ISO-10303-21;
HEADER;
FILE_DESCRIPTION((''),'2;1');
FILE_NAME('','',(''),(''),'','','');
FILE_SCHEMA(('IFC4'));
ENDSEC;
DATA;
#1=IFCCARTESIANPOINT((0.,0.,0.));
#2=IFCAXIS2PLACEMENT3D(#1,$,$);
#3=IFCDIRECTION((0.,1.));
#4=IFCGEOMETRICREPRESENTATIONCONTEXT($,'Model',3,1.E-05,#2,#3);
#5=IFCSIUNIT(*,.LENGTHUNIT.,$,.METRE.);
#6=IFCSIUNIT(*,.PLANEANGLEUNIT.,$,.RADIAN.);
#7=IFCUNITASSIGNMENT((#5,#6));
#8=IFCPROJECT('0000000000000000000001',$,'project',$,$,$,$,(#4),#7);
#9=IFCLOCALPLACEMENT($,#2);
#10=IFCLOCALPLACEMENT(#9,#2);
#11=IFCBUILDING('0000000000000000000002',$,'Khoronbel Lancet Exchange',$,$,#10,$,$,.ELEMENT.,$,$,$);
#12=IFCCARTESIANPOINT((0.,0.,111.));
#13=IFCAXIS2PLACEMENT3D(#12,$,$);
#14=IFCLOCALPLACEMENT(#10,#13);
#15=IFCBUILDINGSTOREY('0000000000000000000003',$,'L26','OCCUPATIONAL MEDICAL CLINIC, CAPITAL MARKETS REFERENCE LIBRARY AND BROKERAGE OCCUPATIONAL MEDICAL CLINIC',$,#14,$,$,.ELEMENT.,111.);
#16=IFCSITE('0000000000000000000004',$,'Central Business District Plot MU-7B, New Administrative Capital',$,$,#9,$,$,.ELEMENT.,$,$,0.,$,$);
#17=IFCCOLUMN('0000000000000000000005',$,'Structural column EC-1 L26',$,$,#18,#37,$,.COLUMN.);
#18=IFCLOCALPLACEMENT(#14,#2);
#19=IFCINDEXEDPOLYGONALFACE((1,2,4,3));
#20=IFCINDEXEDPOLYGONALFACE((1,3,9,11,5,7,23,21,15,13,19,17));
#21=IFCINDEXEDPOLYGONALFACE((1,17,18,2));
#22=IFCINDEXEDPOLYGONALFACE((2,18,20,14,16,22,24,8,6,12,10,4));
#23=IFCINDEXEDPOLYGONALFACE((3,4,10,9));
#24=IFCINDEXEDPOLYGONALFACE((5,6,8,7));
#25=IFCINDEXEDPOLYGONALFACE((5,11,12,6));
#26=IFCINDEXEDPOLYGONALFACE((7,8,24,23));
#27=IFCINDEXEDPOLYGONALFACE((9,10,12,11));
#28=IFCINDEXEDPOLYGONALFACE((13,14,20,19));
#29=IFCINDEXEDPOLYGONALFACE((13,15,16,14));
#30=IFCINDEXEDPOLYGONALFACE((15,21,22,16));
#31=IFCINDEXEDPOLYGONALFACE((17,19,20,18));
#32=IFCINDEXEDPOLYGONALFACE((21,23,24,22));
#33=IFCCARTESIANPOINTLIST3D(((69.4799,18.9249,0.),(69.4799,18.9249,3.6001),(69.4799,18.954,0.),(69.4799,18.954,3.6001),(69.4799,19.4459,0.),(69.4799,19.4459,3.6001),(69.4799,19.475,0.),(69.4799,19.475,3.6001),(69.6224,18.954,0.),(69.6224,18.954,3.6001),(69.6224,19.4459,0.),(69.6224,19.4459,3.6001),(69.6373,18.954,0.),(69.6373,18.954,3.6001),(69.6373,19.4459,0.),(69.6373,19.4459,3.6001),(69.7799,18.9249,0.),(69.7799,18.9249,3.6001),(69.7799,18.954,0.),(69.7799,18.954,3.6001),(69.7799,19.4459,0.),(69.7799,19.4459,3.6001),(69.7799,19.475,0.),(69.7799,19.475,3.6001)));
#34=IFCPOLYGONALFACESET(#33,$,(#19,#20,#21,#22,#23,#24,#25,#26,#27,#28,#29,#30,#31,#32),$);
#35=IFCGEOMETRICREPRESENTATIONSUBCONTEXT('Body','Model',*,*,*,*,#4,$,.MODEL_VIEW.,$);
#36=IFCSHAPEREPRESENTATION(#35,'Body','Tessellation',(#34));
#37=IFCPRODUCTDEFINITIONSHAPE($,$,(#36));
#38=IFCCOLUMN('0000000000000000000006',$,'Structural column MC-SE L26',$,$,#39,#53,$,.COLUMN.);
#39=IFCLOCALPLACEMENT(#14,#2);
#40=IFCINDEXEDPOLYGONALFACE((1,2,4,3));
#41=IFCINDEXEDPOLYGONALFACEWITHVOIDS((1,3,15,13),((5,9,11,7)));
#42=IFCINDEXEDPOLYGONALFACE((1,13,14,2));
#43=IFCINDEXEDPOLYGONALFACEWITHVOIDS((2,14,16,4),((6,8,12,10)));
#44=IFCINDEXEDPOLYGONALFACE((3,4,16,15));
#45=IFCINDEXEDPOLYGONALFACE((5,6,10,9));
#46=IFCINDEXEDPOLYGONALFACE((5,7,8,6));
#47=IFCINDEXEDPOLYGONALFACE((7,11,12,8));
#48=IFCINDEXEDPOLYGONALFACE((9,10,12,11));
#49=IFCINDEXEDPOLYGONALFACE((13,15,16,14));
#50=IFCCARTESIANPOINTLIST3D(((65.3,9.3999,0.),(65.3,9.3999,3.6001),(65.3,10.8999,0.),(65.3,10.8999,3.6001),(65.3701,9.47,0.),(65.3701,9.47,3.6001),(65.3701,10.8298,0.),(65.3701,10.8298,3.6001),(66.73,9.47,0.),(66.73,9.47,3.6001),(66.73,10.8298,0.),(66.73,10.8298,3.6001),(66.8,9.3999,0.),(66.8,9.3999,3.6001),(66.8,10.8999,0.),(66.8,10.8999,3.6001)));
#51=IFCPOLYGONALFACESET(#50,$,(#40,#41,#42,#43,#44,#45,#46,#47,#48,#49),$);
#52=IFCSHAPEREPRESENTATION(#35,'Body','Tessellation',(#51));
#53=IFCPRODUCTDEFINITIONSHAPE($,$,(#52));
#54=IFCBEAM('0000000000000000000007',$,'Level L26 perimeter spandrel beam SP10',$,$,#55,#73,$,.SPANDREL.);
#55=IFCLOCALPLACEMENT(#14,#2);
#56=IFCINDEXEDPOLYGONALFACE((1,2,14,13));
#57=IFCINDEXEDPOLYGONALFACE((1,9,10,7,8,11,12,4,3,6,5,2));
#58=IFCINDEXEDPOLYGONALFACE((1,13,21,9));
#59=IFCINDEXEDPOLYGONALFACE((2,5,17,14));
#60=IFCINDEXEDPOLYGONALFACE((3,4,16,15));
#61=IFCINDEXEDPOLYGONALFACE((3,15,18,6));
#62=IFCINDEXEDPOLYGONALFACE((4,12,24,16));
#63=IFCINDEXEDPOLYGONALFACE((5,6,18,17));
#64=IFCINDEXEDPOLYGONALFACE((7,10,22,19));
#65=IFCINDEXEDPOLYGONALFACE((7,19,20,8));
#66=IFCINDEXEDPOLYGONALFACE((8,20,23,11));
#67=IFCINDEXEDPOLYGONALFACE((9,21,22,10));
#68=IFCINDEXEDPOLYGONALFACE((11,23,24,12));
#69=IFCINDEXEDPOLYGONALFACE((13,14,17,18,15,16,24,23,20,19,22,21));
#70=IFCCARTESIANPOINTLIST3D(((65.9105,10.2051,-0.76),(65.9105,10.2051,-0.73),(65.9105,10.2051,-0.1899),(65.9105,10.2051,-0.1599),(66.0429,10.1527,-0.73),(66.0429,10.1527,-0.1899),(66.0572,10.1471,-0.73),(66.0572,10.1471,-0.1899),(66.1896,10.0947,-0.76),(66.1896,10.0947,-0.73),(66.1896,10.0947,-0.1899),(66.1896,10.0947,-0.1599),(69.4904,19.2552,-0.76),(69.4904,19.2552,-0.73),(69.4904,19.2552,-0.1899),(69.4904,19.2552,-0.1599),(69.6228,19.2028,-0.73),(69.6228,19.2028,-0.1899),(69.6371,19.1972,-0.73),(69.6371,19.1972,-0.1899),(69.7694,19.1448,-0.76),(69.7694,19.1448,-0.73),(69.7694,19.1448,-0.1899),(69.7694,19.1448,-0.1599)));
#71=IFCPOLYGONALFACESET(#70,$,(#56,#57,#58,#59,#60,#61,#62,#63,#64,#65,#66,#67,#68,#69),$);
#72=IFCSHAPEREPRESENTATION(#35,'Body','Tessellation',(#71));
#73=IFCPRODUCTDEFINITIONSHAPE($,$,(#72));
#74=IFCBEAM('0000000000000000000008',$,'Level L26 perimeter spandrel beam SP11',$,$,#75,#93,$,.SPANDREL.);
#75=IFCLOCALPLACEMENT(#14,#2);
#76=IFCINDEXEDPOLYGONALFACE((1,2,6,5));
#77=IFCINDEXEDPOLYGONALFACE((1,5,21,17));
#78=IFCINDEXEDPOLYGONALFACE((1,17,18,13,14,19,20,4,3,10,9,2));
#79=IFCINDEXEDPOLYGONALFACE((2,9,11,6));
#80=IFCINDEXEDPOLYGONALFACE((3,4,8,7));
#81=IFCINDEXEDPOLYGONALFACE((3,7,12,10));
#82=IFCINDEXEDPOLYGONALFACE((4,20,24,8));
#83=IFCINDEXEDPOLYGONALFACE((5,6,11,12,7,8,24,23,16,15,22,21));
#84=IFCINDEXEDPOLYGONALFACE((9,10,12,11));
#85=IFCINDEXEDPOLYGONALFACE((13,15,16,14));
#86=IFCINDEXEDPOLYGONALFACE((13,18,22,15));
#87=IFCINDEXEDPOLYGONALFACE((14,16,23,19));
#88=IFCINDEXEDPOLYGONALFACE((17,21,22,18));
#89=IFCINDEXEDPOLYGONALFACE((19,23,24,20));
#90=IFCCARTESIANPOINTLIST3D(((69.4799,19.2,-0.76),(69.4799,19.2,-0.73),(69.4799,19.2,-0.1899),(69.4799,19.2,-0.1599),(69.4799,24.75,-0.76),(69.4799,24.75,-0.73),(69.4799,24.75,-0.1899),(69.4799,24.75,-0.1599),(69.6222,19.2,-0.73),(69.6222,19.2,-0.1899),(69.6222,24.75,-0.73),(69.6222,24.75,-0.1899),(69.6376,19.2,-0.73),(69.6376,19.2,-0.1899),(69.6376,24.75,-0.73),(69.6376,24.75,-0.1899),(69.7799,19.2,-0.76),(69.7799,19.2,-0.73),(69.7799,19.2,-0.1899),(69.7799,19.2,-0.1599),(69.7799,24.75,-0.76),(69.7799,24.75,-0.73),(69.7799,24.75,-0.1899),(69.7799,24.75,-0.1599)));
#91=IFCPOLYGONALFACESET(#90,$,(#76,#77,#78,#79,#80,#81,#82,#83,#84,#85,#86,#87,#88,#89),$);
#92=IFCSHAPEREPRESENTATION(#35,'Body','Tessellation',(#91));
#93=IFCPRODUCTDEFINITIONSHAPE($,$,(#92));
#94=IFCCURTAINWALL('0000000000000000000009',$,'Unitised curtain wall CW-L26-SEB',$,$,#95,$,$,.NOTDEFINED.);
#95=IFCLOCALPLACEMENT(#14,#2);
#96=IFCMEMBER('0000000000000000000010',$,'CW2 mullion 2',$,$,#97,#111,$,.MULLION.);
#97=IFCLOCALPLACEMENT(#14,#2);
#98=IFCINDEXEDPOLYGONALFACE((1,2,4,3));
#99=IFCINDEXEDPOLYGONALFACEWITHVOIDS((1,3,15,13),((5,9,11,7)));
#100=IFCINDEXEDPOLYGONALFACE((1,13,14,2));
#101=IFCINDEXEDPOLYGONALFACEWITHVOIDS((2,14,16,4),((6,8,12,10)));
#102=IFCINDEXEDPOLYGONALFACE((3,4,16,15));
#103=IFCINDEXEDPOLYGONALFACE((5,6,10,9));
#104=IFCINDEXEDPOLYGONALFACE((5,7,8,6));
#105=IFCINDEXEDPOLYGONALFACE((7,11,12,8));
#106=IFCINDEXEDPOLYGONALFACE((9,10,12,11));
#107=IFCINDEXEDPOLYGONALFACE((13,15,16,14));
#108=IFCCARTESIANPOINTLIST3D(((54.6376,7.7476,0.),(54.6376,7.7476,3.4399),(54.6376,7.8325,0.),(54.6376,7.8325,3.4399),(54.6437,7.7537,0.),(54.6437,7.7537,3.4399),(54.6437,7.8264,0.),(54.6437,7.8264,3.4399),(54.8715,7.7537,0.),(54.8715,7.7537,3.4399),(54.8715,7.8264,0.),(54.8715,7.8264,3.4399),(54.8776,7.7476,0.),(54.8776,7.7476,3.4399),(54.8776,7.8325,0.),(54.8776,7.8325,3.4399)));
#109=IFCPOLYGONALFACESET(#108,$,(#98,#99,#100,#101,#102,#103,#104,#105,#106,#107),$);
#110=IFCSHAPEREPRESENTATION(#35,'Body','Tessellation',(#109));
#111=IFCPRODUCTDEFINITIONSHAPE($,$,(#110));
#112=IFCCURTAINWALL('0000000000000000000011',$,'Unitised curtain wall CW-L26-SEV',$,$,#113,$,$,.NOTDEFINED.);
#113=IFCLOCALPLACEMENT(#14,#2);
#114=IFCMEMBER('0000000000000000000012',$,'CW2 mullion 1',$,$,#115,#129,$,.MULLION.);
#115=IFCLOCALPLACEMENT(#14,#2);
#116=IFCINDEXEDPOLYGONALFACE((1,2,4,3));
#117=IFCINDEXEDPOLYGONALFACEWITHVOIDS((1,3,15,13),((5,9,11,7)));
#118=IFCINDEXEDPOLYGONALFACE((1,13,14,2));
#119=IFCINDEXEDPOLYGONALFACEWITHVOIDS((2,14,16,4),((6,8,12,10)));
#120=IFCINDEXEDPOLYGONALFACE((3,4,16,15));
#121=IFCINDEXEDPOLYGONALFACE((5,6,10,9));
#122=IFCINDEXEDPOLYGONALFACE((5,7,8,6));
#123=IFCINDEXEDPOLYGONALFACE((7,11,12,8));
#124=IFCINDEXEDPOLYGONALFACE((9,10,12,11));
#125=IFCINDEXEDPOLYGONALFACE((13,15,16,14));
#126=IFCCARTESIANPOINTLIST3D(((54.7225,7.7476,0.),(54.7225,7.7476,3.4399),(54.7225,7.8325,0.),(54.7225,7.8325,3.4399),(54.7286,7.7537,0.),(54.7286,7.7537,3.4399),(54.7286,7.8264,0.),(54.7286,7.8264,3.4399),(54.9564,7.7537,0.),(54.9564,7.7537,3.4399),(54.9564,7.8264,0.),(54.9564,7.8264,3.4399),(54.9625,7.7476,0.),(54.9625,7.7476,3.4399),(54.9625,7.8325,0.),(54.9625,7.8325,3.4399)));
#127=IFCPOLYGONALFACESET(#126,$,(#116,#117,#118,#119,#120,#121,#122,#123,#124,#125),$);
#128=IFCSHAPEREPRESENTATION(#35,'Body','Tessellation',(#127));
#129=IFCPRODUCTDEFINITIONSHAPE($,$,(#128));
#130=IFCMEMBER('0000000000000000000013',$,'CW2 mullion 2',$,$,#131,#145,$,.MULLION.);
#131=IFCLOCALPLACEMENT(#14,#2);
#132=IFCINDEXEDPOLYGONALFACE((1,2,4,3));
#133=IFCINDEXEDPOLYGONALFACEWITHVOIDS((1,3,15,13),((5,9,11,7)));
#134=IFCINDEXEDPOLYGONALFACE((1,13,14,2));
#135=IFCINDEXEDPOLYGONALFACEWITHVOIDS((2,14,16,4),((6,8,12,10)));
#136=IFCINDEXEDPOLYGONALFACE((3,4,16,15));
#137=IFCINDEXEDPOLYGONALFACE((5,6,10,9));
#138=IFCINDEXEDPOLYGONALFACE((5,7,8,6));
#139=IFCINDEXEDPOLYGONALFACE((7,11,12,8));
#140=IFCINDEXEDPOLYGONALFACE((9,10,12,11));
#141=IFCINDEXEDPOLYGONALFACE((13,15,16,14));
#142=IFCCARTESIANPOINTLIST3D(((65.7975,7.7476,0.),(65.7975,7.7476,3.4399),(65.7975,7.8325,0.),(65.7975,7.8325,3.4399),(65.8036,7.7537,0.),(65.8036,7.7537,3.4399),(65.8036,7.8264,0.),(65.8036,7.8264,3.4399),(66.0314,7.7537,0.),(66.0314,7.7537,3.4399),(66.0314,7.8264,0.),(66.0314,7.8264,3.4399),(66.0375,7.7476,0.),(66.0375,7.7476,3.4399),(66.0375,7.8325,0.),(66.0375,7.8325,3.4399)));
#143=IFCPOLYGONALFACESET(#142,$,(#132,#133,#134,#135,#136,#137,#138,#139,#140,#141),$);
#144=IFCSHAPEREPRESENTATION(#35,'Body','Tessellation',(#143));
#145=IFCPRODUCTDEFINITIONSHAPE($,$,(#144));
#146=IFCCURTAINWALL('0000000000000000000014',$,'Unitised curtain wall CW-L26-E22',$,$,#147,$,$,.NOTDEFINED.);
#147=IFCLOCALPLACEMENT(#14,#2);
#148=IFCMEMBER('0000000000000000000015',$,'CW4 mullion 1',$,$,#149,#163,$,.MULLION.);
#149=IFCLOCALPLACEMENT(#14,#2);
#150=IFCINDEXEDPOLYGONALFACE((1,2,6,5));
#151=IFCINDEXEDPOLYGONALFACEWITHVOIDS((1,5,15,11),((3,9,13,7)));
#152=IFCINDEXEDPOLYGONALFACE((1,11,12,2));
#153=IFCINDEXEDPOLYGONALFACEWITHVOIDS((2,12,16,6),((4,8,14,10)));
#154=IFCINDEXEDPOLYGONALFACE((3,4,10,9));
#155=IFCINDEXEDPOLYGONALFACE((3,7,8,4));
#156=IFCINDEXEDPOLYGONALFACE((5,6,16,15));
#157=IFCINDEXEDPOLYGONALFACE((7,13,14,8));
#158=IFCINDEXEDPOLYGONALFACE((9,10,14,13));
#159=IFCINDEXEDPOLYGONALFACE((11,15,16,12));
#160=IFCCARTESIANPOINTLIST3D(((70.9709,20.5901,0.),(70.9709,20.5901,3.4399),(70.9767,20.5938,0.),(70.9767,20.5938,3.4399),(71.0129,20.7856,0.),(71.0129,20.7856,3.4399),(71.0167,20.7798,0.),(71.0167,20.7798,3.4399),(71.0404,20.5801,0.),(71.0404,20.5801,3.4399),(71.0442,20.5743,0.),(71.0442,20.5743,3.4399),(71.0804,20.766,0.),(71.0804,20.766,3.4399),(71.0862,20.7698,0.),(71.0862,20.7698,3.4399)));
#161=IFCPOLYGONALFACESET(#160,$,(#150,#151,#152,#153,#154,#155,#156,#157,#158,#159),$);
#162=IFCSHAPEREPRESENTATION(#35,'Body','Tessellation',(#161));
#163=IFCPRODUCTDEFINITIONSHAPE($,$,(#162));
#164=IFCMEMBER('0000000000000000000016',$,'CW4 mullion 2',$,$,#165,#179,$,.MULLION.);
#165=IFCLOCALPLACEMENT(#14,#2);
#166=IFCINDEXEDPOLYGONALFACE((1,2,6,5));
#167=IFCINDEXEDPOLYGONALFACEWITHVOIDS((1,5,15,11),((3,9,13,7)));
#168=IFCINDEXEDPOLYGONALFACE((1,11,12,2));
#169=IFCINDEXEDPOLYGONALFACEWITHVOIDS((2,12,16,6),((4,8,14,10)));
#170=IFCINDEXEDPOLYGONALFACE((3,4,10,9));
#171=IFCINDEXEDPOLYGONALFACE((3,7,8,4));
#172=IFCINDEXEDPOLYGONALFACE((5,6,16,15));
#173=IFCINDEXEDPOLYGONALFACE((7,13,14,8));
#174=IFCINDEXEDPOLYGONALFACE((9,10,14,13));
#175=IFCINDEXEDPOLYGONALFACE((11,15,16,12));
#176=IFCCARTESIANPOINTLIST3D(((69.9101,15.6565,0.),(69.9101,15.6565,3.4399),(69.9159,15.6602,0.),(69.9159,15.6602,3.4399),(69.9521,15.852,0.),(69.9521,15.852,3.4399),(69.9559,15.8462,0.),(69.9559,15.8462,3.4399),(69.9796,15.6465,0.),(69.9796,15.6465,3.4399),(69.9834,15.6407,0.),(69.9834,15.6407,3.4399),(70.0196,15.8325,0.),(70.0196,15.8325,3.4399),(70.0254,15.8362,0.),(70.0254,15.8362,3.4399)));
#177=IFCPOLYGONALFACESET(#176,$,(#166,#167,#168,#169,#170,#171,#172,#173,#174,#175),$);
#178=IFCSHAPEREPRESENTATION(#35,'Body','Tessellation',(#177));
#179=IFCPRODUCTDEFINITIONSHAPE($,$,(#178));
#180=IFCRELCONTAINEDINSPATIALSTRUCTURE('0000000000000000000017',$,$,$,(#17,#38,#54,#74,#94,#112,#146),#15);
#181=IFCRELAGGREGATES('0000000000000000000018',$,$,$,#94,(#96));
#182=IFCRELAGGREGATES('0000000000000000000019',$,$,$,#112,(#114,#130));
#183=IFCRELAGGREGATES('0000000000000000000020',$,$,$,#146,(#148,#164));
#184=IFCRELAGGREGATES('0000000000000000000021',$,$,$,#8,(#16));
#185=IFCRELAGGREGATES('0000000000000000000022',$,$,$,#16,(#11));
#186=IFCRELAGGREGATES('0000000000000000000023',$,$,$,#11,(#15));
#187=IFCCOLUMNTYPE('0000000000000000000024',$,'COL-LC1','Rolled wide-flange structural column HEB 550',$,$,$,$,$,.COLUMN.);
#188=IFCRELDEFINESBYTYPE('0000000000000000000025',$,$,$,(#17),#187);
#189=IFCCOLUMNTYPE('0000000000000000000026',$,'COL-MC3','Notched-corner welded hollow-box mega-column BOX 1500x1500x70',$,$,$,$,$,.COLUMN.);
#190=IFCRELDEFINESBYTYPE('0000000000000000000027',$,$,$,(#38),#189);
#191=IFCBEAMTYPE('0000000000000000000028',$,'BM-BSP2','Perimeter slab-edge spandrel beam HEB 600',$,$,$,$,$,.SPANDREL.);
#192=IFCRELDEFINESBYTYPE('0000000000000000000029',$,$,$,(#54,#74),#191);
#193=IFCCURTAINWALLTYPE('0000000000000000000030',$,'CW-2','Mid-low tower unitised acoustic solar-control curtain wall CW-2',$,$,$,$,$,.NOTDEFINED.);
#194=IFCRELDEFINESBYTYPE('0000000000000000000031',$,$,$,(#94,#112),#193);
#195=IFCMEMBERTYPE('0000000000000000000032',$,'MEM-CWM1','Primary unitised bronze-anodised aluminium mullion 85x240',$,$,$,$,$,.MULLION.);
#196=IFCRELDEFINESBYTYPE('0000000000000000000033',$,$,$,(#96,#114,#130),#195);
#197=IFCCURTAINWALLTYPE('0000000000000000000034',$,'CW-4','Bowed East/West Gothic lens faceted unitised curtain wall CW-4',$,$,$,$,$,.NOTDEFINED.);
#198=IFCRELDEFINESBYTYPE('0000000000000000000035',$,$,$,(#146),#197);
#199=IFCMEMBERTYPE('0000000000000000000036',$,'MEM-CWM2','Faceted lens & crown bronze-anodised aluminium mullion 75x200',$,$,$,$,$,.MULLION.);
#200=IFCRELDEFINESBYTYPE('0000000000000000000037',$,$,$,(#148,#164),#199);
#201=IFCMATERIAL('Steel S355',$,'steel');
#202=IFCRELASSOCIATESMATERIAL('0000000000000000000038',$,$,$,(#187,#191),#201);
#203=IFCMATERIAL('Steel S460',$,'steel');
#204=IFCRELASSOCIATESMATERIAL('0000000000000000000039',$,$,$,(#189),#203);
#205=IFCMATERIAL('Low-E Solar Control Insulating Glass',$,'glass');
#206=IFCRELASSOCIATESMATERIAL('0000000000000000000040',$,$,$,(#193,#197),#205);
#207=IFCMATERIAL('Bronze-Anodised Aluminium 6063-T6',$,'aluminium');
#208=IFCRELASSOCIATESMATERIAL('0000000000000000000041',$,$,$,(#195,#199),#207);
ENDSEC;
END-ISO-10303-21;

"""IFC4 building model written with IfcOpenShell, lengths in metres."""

from ifc_helpers import new_model, si_unit, direction, frame, origin, origin_2d, place, context, subcontext, project, spatial, hollow_rectangle, i_section, extrude, material, material_profile, profile_set, type_object, element, aggregate, save


model = new_model("IFC4")

# Units and contexts
model_context = context("Model", 3, precision=1e-05, world=origin(), true_north=direction((0.0, 1.0)))
body_context = subcontext(model_context, "Body", "Model", "MODEL_VIEW")
ifc_project = project(units=[si_unit("LENGTHUNIT", "METRE"), si_unit("PLANEANGLEUNIT", "RADIAN")], contexts=[model_context])

# Site, building, storey
site_placement = place(None, origin())
site = spatial("IfcSite", under=ifc_project, at=site_placement, Name="Central Business District Plot MU-7B, New Administrative Capital", CompositionType="ELEMENT", RefElevation=0.0)
building_placement = place(site_placement, origin())
building = spatial("IfcBuilding", under=site, at=building_placement, Name="Khoronbel Lancet Exchange", CompositionType="ELEMENT")
storey_placement = place(building_placement, frame((0.0, 0.0, 111.0)))
storey = spatial("IfcBuildingStorey", under=building, at=storey_placement, Name="L26", Description="OCCUPATIONAL MEDICAL CLINIC, CAPITAL MARKETS REFERENCE LIBRARY AND BROKERAGE OCCUPATIONAL MEDICAL CLINIC", CompositionType="ELEMENT", Elevation=111.0)

# Columns
ifc_material_1 = material(Name="Steel S355", Category="steel")
ifc_material_profile_1 = material_profile(ifc_material_1, i_section(OverallWidth=0.3, OverallDepth=0.55, WebThickness=0.0149, FlangeThickness=0.0291, at=origin_2d()), Name="HEB 550")
ifc_profile_set_1 = profile_set([ifc_material_profile_1], Name="Steel S355")
column_type_1 = type_object("IfcColumnType", Name="COL-LC1", Description="Rolled wide-flange structural column HEB 550", PredefinedType="COLUMN", material=ifc_profile_set_1)
column_1_placement = place(storey_placement, frame((69.6299, 19.2, 0.0), z_axis=(0.0, 0.0, 1.0), x_axis=(1.0, 0.0, 0.0)))
element("IfcColumn", 1, at=column_1_placement, inside=storey, type_object=column_type_1, Name="Structural column EC-1 L26", PredefinedType="COLUMN", context=body_context, shape_type="SweptSolid", body=[
    extrude(i_section(OverallWidth=0.3, OverallDepth=0.55, WebThickness=0.0149, FlangeThickness=0.0291, at=origin_2d()), origin(), (0.0, 0.0, 1.0), 3.6001),
])
ifc_material_2 = material(Name="Steel S460", Category="steel")
ifc_material_profile_2 = material_profile(ifc_material_2, hollow_rectangle(XDim=1.5, YDim=1.5, WallThickness=0.0701, at=origin_2d()), Name="BOX 1500x1500x70")
ifc_profile_set_2 = profile_set([ifc_material_profile_2], Name="Steel S460")
column_type_2 = type_object("IfcColumnType", Name="COL-MC3", Description="Notched-corner welded hollow-box mega-column BOX 1500x1500x70", PredefinedType="COLUMN", material=ifc_profile_set_2)
column_2_placement = place(storey_placement, frame((66.05, 10.1499, 0.0), z_axis=(0.0, 0.0, 1.0), x_axis=(1.0, 0.0, 0.0)))
element("IfcColumn", 2, at=column_2_placement, inside=storey, type_object=column_type_2, Name="Structural column MC-SE L26", PredefinedType="COLUMN", context=body_context, shape_type="SweptSolid", body=[
    extrude(hollow_rectangle(XDim=1.5, YDim=1.5, WallThickness=0.0701, at=origin_2d()), origin(), (0.0, 0.0, 1.0), 3.6001),
])

# Beams
ifc_material_profile_3 = material_profile(ifc_material_1, i_section(OverallWidth=0.3, OverallDepth=0.6001, WebThickness=0.0154, FlangeThickness=0.03, at=origin_2d()), Name="HEB 600")
ifc_profile_set_3 = profile_set([ifc_material_profile_3], Name="Steel S355")
beam_type = type_object("IfcBeamType", Name="BM-BSP2", Description="Perimeter slab-edge spandrel beam HEB 600", PredefinedType="SPANDREL", material=ifc_profile_set_3)
beam_1_placement = place(storey_placement, frame((66.05, 10.1499, -0.46), z_axis=(0.367828, 0.929894, 0.0), x_axis=(-0.929894, 0.367828, 0.0)))
element("IfcBeam", 3, at=beam_1_placement, inside=storey, type_object=beam_type, Name="Level L26 perimeter spandrel beam SP10", PredefinedType="SPANDREL", context=body_context, shape_type="SweptSolid", body=[
    extrude(i_section(OverallWidth=0.3, OverallDepth=0.6001, WebThickness=0.0154, FlangeThickness=0.03, at=origin_2d()), origin(), (0.0, 0.0, 1.0), 9.7324),
])
beam_2_placement = place(storey_placement, frame((69.6299, 19.2, -0.46), z_axis=(0.0, 1.0, 0.0), x_axis=(-1.0, 0.0, 0.0)))
element("IfcBeam", 4, at=beam_2_placement, inside=storey, type_object=beam_type, Name="Level L26 perimeter spandrel beam SP11", PredefinedType="SPANDREL", context=body_context, shape_type="SweptSolid", body=[
    extrude(i_section(OverallWidth=0.3, OverallDepth=0.6001, WebThickness=0.0154, FlangeThickness=0.03, at=origin_2d()), origin(), (0.0, 0.0, 1.0), 5.55),
])

# Curtain wall, member
ifc_material_3 = material(Name="Low-E Solar Control Insulating Glass", Category="glass")
curtain_wall_type_1 = type_object("IfcCurtainWallType", Name="CW-2", Description="Mid-low tower unitised acoustic solar-control curtain wall CW-2", PredefinedType="NOTDEFINED", material=ifc_material_3)
curtain_wall_1_placement = place(storey_placement, origin())
curtain_wall_1 = element("IfcCurtainWall", 5, at=curtain_wall_1_placement, inside=storey, type_object=curtain_wall_type_1, Name="Unitised curtain wall CW-L26-SEB", PredefinedType="NOTDEFINED")
ifc_material_4 = material(Name="Bronze-Anodised Aluminium 6063-T6", Category="aluminium")
ifc_material_profile_4 = material_profile(ifc_material_4, hollow_rectangle(XDim=0.085, YDim=0.24, WallThickness=0.0061, at=origin_2d()), Name="ALU MULLION 85x240")
ifc_profile_set_4 = profile_set([ifc_material_profile_4], Name="Bronze-Anodised Aluminium 6063-T6")
member_type_1 = type_object("IfcMemberType", Name="MEM-CWM1", Description="Primary unitised bronze-anodised aluminium mullion 85x240", PredefinedType="MULLION", material=ifc_profile_set_4)
member_1_placement = place(storey_placement, frame((54.7576, 7.79, 0.0), z_axis=(0.0, 0.0, 1.0), x_axis=(0.0, 1.0, 0.0)))
member_1 = element("IfcMember", 6, at=member_1_placement, type_object=member_type_1, Name="CW2 mullion 2", PredefinedType="MULLION", context=body_context, shape_type="SweptSolid", body=[
    extrude(hollow_rectangle(XDim=0.085, YDim=0.24, WallThickness=0.0061, at=origin_2d()), origin(), (0.0, 0.0, 1.0), 3.4399),
])
aggregate(curtain_wall_1, [member_1])

# Curtain walls, members
curtain_wall_2_placement = place(storey_placement, origin())
curtain_wall_2 = element("IfcCurtainWall", 7, at=curtain_wall_2_placement, inside=storey, type_object=curtain_wall_type_1, Name="Unitised curtain wall CW-L26-SEV", PredefinedType="NOTDEFINED")
member_2_placement = place(storey_placement, frame((54.8425, 7.79, 0.0), z_axis=(0.0, 0.0, 1.0), x_axis=(0.0, 1.0, 0.0)))
member_2 = element("IfcMember", 8, at=member_2_placement, type_object=member_type_1, Name="CW2 mullion 1", PredefinedType="MULLION", context=body_context, shape_type="SweptSolid", body=[
    extrude(hollow_rectangle(XDim=0.085, YDim=0.24, WallThickness=0.0061, at=origin_2d()), origin(), (0.0, 0.0, 1.0), 3.4399),
])
member_3_placement = place(storey_placement, frame((65.9175, 7.79, 0.0), z_axis=(0.0, 0.0, 1.0), x_axis=(0.0, 1.0, 0.0)))
member_3 = element("IfcMember", 9, at=member_3_placement, type_object=member_type_1, Name="CW2 mullion 2", PredefinedType="MULLION", context=body_context, shape_type="SweptSolid", body=[
    extrude(hollow_rectangle(XDim=0.085, YDim=0.24, WallThickness=0.0061, at=origin_2d()), origin(), (0.0, 0.0, 1.0), 3.4399),
])
curtain_wall_type_2 = type_object("IfcCurtainWallType", Name="CW-4", Description="Bowed East/West Gothic lens faceted unitised curtain wall CW-4", PredefinedType="NOTDEFINED", material=ifc_material_3)
curtain_wall_3_placement = place(storey_placement, origin())
curtain_wall_3 = element("IfcCurtainWall", 10, at=curtain_wall_3_placement, inside=storey, type_object=curtain_wall_type_2, Name="Unitised curtain wall CW-L26-E22", PredefinedType="NOTDEFINED")
ifc_material_profile_5 = material_profile(ifc_material_4, hollow_rectangle(XDim=0.075, YDim=0.2, WallThickness=0.0049, at=origin_2d()), Name="ALU MULLION 75x200")
ifc_profile_set_5 = profile_set([ifc_material_profile_5], Name="Bronze-Anodised Aluminium 6063-T6")
member_type_2 = type_object("IfcMemberType", Name="MEM-CWM2", Description="Faceted lens & crown bronze-anodised aluminium mullion 75x200", PredefinedType="MULLION", material=ifc_profile_set_5)
member_4_placement = place(storey_placement, frame((71.0286, 20.6799, 0.0), z_axis=(0.0, 0.0, 1.0), x_axis=(0.977658, -0.2102, 0.0)))
member_4 = element("IfcMember", 11, at=member_4_placement, type_object=member_type_2, Name="CW4 mullion 1", PredefinedType="MULLION", context=body_context, shape_type="SweptSolid", body=[
    extrude(hollow_rectangle(XDim=0.075, YDim=0.2, WallThickness=0.0049, at=origin_2d()), origin(), (0.0, 0.0, 1.0), 3.4399),
])
member_5_placement = place(storey_placement, frame((69.9678, 15.7463, 0.0), z_axis=(0.0, 0.0, 1.0), x_axis=(0.977658, -0.2102, 0.0)))
member_5 = element("IfcMember", 12, at=member_5_placement, type_object=member_type_2, Name="CW4 mullion 2", PredefinedType="MULLION", context=body_context, shape_type="SweptSolid", body=[
    extrude(hollow_rectangle(XDim=0.075, YDim=0.2, WallThickness=0.0049, at=origin_2d()), origin(), (0.0, 0.0, 1.0), 3.4399),
])

aggregate(curtain_wall_2, [member_2, member_3])
aggregate(curtain_wall_3, [member_4, member_5])

save(model, "model.ifc")
